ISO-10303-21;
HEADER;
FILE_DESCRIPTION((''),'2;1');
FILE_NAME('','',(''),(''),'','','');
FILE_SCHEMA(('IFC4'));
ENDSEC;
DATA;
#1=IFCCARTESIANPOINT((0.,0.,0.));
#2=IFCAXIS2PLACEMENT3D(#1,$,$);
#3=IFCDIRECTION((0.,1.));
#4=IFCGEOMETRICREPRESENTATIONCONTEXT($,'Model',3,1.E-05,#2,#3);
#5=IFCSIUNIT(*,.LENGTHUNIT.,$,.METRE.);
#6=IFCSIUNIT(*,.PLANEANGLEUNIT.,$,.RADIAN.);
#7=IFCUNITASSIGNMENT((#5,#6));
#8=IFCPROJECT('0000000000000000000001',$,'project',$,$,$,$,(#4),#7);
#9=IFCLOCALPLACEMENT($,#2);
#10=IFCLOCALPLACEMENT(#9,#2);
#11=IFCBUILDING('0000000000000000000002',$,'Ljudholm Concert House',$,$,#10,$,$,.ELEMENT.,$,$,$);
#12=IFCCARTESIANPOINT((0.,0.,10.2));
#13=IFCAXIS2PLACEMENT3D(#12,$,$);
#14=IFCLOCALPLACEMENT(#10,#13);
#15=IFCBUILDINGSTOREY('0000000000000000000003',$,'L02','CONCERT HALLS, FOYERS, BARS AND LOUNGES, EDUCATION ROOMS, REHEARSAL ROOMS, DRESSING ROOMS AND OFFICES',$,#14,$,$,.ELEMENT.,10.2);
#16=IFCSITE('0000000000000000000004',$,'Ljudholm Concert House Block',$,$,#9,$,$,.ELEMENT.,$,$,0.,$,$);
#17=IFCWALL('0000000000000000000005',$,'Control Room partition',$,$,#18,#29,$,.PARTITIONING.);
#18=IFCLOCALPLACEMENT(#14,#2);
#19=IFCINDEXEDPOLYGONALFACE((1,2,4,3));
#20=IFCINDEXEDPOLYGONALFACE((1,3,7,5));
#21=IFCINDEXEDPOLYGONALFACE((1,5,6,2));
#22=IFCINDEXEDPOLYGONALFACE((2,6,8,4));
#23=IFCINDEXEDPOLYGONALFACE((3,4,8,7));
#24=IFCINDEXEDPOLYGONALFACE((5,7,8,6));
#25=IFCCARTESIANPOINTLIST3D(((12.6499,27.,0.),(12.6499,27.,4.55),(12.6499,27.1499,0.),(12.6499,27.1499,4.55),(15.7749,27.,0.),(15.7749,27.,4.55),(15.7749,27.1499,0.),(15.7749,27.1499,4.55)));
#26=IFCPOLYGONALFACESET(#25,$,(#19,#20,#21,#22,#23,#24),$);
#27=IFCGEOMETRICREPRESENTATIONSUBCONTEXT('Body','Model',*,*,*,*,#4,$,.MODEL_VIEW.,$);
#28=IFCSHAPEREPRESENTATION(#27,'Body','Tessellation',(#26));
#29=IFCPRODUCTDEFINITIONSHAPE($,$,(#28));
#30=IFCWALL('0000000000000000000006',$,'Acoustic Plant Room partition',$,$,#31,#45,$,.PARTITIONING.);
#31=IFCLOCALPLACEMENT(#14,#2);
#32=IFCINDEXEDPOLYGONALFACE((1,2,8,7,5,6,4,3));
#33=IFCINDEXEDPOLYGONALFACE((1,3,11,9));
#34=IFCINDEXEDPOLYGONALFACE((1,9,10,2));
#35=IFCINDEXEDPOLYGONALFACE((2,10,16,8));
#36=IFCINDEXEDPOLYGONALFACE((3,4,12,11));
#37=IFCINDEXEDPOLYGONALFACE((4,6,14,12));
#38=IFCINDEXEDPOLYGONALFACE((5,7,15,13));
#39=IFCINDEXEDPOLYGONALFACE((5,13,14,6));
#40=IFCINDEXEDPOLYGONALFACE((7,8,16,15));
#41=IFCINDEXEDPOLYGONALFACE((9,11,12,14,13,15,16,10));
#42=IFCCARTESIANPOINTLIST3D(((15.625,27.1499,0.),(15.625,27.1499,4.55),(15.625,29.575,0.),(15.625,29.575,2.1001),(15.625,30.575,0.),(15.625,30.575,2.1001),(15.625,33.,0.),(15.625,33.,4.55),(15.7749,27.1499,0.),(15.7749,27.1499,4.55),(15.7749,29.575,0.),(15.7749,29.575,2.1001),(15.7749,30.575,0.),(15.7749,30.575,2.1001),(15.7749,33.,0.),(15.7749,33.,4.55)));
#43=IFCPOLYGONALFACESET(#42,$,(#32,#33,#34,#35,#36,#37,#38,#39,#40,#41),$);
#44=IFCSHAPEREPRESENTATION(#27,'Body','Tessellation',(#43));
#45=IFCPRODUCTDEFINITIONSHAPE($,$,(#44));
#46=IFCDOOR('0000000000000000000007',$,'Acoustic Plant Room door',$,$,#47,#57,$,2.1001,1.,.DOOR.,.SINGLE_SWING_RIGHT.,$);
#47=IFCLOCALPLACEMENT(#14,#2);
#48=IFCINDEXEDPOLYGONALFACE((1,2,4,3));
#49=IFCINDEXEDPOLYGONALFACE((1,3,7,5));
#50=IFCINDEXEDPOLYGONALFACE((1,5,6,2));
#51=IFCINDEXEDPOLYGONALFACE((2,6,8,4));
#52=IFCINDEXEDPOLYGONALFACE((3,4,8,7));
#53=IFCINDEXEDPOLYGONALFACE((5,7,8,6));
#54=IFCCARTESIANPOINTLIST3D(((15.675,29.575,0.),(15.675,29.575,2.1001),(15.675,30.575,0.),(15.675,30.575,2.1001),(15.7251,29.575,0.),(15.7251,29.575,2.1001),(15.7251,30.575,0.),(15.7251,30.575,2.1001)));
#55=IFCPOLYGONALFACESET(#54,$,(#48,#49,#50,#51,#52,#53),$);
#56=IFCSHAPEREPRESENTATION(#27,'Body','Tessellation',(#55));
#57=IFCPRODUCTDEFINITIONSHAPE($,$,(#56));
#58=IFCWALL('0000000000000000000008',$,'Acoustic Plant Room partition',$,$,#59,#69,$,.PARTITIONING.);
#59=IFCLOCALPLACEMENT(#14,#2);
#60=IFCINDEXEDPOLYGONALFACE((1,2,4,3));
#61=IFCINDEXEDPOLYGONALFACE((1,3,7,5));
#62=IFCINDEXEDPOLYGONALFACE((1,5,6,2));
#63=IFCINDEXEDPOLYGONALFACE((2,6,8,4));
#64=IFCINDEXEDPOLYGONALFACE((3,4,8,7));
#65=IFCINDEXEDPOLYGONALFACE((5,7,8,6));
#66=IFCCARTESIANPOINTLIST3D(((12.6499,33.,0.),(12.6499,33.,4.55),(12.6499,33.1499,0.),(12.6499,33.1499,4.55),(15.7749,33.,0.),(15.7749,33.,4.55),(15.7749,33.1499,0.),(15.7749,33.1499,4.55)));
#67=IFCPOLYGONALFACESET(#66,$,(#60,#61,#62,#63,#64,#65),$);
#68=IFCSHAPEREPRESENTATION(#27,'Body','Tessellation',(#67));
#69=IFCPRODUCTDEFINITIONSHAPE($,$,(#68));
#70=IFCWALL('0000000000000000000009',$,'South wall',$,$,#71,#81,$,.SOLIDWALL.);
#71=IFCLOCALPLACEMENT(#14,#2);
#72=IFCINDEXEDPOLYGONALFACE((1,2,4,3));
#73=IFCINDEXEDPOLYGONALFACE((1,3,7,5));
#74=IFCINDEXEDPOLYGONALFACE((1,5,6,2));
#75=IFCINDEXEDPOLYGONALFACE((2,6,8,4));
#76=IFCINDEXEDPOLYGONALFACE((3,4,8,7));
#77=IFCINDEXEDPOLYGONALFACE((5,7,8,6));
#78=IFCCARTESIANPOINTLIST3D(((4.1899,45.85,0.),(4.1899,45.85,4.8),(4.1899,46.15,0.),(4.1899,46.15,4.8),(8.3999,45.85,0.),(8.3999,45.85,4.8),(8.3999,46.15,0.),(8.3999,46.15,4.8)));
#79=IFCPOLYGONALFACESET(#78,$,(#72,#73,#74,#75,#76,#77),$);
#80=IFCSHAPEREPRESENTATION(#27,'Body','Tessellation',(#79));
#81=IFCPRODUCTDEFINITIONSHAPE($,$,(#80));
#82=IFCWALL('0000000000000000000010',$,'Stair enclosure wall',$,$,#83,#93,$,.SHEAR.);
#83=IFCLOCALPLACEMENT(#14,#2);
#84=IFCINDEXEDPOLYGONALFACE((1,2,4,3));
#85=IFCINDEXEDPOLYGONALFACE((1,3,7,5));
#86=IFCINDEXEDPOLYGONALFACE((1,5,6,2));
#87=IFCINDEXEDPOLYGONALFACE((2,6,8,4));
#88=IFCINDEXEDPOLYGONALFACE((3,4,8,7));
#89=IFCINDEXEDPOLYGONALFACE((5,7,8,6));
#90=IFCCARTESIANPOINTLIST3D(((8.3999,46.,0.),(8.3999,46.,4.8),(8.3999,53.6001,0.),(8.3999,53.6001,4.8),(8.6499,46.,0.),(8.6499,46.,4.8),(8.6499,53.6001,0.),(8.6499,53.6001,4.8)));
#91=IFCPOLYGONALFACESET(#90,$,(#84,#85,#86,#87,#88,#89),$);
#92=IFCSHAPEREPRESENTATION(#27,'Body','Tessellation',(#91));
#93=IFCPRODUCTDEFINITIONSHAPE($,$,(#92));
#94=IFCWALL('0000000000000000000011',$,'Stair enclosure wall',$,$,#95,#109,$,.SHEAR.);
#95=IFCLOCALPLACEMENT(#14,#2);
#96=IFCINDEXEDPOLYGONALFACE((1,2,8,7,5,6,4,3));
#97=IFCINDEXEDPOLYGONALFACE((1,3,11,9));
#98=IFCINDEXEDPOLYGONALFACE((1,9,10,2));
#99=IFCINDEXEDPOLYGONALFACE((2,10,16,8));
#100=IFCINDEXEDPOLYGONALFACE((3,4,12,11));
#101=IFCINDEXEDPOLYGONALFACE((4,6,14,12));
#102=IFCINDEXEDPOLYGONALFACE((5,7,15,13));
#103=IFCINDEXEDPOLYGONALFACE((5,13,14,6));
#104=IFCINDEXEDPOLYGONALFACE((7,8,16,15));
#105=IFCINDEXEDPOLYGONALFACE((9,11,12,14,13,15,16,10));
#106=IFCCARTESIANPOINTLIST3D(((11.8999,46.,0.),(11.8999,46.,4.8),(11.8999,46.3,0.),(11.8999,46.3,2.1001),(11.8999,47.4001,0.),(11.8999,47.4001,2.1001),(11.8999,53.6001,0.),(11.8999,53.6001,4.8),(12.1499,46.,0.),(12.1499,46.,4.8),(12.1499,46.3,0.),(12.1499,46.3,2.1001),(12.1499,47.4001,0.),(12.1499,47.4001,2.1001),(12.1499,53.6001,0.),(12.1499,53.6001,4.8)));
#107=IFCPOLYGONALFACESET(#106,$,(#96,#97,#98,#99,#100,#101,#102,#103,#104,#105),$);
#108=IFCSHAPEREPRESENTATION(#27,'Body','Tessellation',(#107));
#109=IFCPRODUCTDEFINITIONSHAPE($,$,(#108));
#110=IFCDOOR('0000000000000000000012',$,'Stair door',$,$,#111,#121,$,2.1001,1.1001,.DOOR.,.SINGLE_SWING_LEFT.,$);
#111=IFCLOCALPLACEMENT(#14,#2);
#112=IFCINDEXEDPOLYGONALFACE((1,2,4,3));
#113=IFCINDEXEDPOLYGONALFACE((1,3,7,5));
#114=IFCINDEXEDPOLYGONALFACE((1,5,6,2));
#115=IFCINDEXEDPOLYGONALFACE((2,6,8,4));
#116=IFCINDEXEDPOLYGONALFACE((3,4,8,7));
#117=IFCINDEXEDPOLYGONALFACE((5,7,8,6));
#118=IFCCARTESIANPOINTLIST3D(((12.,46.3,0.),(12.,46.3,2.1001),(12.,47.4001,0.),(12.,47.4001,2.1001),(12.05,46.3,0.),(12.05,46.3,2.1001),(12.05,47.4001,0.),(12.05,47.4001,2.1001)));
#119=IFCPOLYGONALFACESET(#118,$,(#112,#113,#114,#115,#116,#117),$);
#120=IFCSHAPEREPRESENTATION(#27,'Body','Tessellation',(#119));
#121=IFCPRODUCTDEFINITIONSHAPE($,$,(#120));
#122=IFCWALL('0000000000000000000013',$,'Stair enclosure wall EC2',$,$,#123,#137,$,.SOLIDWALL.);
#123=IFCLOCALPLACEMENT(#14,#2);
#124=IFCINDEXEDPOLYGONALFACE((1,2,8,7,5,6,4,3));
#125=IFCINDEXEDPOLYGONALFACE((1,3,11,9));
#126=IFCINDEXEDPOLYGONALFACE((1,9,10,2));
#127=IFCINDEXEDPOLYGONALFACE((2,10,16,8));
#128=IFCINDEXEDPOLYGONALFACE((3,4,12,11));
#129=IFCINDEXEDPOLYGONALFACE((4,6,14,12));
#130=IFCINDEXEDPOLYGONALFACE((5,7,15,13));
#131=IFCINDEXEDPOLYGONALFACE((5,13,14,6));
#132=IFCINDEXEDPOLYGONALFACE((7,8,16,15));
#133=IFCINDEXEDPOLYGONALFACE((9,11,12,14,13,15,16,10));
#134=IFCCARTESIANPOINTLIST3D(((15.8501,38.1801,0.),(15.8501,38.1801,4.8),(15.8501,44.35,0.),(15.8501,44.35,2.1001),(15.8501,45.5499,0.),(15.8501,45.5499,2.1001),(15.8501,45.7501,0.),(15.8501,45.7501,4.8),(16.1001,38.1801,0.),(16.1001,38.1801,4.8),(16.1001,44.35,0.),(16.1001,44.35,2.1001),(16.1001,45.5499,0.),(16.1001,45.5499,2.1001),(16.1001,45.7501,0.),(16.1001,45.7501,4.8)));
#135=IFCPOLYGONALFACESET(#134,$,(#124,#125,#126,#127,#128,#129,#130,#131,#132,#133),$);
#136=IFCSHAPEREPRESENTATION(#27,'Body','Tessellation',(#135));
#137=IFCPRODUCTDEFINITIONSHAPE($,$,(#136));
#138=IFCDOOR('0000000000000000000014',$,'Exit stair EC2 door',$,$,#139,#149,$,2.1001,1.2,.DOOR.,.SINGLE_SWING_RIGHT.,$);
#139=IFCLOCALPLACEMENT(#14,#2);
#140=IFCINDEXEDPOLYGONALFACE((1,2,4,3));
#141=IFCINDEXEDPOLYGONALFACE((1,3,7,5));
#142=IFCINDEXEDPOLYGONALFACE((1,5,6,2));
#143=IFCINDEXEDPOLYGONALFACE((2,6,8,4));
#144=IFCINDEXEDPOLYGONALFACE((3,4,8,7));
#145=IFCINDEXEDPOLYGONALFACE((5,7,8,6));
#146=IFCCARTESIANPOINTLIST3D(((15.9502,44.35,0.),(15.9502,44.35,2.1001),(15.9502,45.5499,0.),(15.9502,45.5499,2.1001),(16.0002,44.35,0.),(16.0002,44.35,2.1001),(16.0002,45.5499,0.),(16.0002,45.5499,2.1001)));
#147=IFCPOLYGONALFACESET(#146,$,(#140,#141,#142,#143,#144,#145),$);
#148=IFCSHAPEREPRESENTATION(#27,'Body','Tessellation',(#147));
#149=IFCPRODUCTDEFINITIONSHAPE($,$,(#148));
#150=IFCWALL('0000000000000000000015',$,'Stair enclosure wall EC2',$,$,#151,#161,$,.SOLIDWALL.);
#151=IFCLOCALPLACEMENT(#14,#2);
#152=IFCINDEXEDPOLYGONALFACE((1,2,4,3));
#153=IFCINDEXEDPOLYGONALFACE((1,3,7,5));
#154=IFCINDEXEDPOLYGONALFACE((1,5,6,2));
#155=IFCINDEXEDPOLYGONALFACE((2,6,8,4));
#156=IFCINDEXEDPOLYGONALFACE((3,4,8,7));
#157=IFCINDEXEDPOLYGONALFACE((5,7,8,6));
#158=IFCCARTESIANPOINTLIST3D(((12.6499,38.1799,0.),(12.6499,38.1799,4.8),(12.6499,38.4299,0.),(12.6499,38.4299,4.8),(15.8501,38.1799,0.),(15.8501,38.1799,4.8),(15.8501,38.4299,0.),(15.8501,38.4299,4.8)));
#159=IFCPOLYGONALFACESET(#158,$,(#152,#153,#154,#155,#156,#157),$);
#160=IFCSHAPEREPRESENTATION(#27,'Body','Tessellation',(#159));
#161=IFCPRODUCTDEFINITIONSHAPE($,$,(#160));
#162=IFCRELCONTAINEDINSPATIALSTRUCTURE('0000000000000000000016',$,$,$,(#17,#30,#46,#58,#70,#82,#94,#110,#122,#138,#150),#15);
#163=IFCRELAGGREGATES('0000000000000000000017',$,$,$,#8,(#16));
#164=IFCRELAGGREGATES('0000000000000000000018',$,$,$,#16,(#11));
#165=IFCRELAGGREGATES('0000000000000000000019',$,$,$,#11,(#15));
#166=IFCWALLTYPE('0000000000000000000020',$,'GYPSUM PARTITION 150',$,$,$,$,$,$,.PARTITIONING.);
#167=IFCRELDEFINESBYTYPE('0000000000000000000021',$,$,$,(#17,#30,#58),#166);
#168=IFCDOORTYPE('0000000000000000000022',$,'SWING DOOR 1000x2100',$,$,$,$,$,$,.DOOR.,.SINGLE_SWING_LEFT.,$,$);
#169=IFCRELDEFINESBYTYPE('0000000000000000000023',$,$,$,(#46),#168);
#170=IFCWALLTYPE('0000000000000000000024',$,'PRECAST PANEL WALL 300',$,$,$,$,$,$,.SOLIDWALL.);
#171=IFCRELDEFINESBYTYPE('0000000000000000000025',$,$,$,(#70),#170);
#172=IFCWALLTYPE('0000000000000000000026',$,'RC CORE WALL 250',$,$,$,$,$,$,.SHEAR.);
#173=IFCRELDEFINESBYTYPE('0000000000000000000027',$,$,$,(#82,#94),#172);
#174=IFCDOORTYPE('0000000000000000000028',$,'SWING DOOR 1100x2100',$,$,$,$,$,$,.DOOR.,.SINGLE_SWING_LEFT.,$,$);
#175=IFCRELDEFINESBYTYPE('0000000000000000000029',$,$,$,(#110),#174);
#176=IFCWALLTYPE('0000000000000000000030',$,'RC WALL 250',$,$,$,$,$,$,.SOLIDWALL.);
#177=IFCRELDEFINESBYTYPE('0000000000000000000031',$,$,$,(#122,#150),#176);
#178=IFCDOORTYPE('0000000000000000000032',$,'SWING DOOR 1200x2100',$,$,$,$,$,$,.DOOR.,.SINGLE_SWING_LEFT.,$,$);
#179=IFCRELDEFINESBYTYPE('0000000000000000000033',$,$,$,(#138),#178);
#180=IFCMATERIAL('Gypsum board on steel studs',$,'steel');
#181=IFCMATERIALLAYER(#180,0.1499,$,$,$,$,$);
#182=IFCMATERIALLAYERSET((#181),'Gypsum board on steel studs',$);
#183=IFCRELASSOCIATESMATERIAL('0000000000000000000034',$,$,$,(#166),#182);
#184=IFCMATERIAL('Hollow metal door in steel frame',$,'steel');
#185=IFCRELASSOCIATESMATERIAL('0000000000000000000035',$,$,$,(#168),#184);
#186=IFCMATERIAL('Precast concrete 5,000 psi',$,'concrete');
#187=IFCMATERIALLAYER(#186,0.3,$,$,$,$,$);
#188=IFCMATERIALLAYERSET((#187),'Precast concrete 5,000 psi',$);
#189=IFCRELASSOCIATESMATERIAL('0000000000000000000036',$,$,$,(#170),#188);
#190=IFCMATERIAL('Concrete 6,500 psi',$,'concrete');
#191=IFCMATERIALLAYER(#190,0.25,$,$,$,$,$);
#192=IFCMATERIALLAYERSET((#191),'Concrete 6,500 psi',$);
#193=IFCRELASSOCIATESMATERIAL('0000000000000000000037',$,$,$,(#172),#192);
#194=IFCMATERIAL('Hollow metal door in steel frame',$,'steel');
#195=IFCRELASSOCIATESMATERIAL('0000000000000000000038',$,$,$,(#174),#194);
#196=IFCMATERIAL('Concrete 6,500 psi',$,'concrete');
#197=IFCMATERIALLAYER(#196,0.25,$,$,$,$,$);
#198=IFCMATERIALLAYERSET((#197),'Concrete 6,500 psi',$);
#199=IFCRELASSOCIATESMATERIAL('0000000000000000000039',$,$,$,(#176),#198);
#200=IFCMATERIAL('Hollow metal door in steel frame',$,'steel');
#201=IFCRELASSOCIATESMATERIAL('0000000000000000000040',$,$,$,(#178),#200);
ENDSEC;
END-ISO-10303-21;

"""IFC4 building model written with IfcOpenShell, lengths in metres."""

from ifc_helpers import new_model, si_unit, direction, frame, frame_2d, origin, place, context, subcontext, project, spatial, rectangle, extrude, material, layer, layer_set, type_object, element, fill, save


model = new_model("IFC4")

# Units and contexts
model_context = context("Model", 3, precision=1e-05, world=origin(), true_north=direction((0.0, 1.0)))
body_context = subcontext(model_context, "Body", "Model", "MODEL_VIEW")
ifc_project = project(units=[si_unit("LENGTHUNIT", "METRE"), si_unit("PLANEANGLEUNIT", "RADIAN")], contexts=[model_context])

# Site, building, storey
site_placement = place(None, origin())
site = spatial("IfcSite", under=ifc_project, at=site_placement, Name="Ljudholm Concert House Block", CompositionType="ELEMENT", RefElevation=0.0)
building_placement = place(site_placement, origin())
building = spatial("IfcBuilding", under=site, at=building_placement, Name="Ljudholm Concert House", CompositionType="ELEMENT")
storey_placement = place(building_placement, frame((0.0, 0.0, 10.2)))
storey = spatial("IfcBuildingStorey", under=building, at=storey_placement, Name="L02", Description="CONCERT HALLS, FOYERS, BARS AND LOUNGES, EDUCATION ROOMS, REHEARSAL ROOMS, DRESSING ROOMS AND OFFICES", CompositionType="ELEMENT", Elevation=10.2)

# Shared definitions
ifc_material_1 = material(Name="Gypsum board on steel studs", Category="steel")
ifc_layer_1 = layer(ifc_material_1, 0.1499)
ifc_layer_set_1 = layer_set([ifc_layer_1], Name="Gypsum board on steel studs")
wall_type_1 = type_object("IfcWallType", Name="GYPSUM PARTITION 150", PredefinedType="PARTITIONING", material=ifc_layer_set_1)
ifc_material_2 = material(Name="Hollow metal door in steel frame", Category="steel")
door_type_1 = type_object("IfcDoorType", Name="SWING DOOR 1000x2100", OperationType="SINGLE_SWING_LEFT", PredefinedType="DOOR", material=ifc_material_2)

# Wall
for number, where, z_axis, x_axis, name in (
    (1, (12.6499, 27.075, 0.0), (0.0, 0.0, 1.0), (1.0, 0.0, 0.0), "Control Room partition"),
):
    element("IfcWall", number, at=place(storey_placement, frame(where, z_axis=z_axis, x_axis=x_axis)), inside=storey, type_object=wall_type_1, Name=name, PredefinedType="PARTITIONING", context=body_context, shape_type="SweptSolid", body=[
        extrude(rectangle(XDim=3.125, YDim=0.1499, at=frame_2d((1.5625, 0.0))), origin(), (0.0, 0.0, 1.0), 4.55),
    ])

# Wall, opening, door
wall_1_placement = place(storey_placement, frame((15.7, 27.1499, 0.0), z_axis=(0.0, 0.0, 1.0), x_axis=(0.0, 1.0, 0.0)))
wall_1 = element("IfcWall", 2, at=wall_1_placement, inside=storey, type_object=wall_type_1, Name="Acoustic Plant Room partition", PredefinedType="PARTITIONING", context=body_context, shape_type="SweptSolid", body=[
    extrude(rectangle(XDim=5.8501, YDim=0.1499, at=frame_2d((2.925, 0.0))), origin(), (0.0, 0.0, 1.0), 4.55),
])
opening_1_placement = place(wall_1_placement, frame((2.425, 0.0, 0.0)))
opening_1 = element("IfcOpeningElement", 3, at=opening_1_placement, cuts=wall_1, PredefinedType="OPENING", context=body_context, shape_type="SweptSolid", body=[
    extrude(rectangle(XDim=1.0, YDim=2.1001, at=frame_2d((0.5, 1.05))), frame((0.0, 0.085, 0.0), z_axis=(0.0, -1.0, 0.0), x_axis=(1.0, 0.0, 0.0)), (0.0, 0.0, 1.0), 0.1699),
])
door_1_placement = place(opening_1_placement, origin())
door_1 = element("IfcDoor", 4, at=door_1_placement, inside=storey, type_object=door_type_1, Name="Acoustic Plant Room door", OperationType="SINGLE_SWING_RIGHT", OverallHeight=2.1001, OverallWidth=1.0, PredefinedType="DOOR", context=body_context, shape_type="SweptSolid", body=[
    extrude(rectangle(XDim=1.0, YDim=2.1001, at=frame_2d((0.5, 1.05))), frame((0.0, 0.0249, 0.0), z_axis=(0.0, -1.0, 0.0), x_axis=(1.0, 0.0, 0.0)), (0.0, 0.0, 1.0), 0.05),
])
fill(opening_1, door_1)

# Walls
wall_2_placement = place(storey_placement, frame((12.6499, 33.075, 0.0), z_axis=(0.0, 0.0, 1.0), x_axis=(1.0, 0.0, 0.0)))
element("IfcWall", 5, at=wall_2_placement, inside=storey, type_object=wall_type_1, Name="Acoustic Plant Room partition", PredefinedType="PARTITIONING", context=body_context, shape_type="SweptSolid", body=[
    extrude(rectangle(XDim=3.125, YDim=0.1499, at=frame_2d((1.5625, 0.0))), origin(), (0.0, 0.0, 1.0), 4.55),
])
ifc_material_3 = material(Name="Precast concrete 5,000 psi", Category="concrete")
ifc_layer_2 = layer(ifc_material_3, 0.3)
ifc_layer_set_2 = layer_set([ifc_layer_2], Name="Precast concrete 5,000 psi")
wall_type_2 = type_object("IfcWallType", Name="PRECAST PANEL WALL 300", PredefinedType="SOLIDWALL", material=ifc_layer_set_2)
wall_3_placement = place(storey_placement, frame((4.1899, 46.0, 0.0), z_axis=(0.0, 0.0, 1.0), x_axis=(1.0, 0.0, 0.0)))
element("IfcWall", 6, at=wall_3_placement, inside=storey, type_object=wall_type_2, Name="South wall", PredefinedType="SOLIDWALL", context=body_context, shape_type="SweptSolid", body=[
    extrude(rectangle(XDim=4.21, YDim=0.3, at=frame_2d((2.105, 0.0))), origin(), (0.0, 0.0, 1.0), 4.8),
])
ifc_material_4 = material(Name="Concrete 6,500 psi", Category="concrete")
ifc_layer_3 = layer(ifc_material_4, 0.25)
ifc_layer_set_3 = layer_set([ifc_layer_3], Name="Concrete 6,500 psi")
wall_type_3 = type_object("IfcWallType", Name="RC CORE WALL 250", PredefinedType="SHEAR", material=ifc_layer_set_3)
wall_4_placement = place(storey_placement, frame((8.5249, 46.0, 0.0), z_axis=(0.0, 0.0, 1.0), x_axis=(0.0, 1.0, 0.0)))
element("IfcWall", 7, at=wall_4_placement, inside=storey, type_object=wall_type_3, Name="Stair enclosure wall", PredefinedType="SHEAR", context=body_context, shape_type="SweptSolid", body=[
    extrude(rectangle(XDim=7.6001, YDim=0.25, at=frame_2d((3.8, 0.0))), origin(), (0.0, 0.0, 1.0), 4.8),
])

# Walls, openings, doors
wall_5_placement = place(storey_placement, frame((12.0249, 46.0, 0.0), z_axis=(0.0, 0.0, 1.0), x_axis=(0.0, 1.0, 0.0)))
wall_5 = element("IfcWall", 8, at=wall_5_placement, inside=storey, type_object=wall_type_3, Name="Stair enclosure wall", PredefinedType="SHEAR", context=body_context, shape_type="SweptSolid", body=[
    extrude(rectangle(XDim=7.6001, YDim=0.25, at=frame_2d((3.8, 0.0))), origin(), (0.0, 0.0, 1.0), 4.8),
])
opening_2_placement = place(wall_5_placement, frame((0.3, 0.0, 0.0)))
opening_2 = element("IfcOpeningElement", 9, at=opening_2_placement, cuts=wall_5, PredefinedType="OPENING", context=body_context, shape_type="SweptSolid", body=[
    extrude(rectangle(XDim=1.1001, YDim=2.1001, at=frame_2d((0.55, 1.05))), frame((0.0, 0.135, 0.0), z_axis=(0.0, -1.0, 0.0), x_axis=(1.0, 0.0, 0.0)), (0.0, 0.0, 1.0), 0.27),
])
ifc_material_5 = material(Name="Hollow metal door in steel frame", Category="steel")
door_type_2 = type_object("IfcDoorType", Name="SWING DOOR 1100x2100", OperationType="SINGLE_SWING_LEFT", PredefinedType="DOOR", material=ifc_material_5)
door_2_placement = place(opening_2_placement, origin())
door_2 = element("IfcDoor", 10, at=door_2_placement, inside=storey, type_object=door_type_2, Name="Stair door", OperationType="SINGLE_SWING_LEFT", OverallHeight=2.1001, OverallWidth=1.1001, PredefinedType="DOOR", context=body_context, shape_type="SweptSolid", body=[
    extrude(rectangle(XDim=1.1001, YDim=2.1001, at=frame_2d((0.55, 1.05))), frame((0.0, 0.0249, 0.0), z_axis=(0.0, -1.0, 0.0), x_axis=(1.0, 0.0, 0.0)), (0.0, 0.0, 1.0), 0.05),
])
fill(opening_2, door_2)
ifc_material_6 = material(Name="Concrete 6,500 psi", Category="concrete")
ifc_layer_4 = layer(ifc_material_6, 0.25)
ifc_layer_set_4 = layer_set([ifc_layer_4], Name="Concrete 6,500 psi")
wall_type_4 = type_object("IfcWallType", Name="RC WALL 250", PredefinedType="SOLIDWALL", material=ifc_layer_set_4)
wall_6_placement = place(storey_placement, frame((15.9751, 38.1799, 0.0), z_axis=(0.0, 0.0, 1.0), x_axis=(0.0, 1.0, 0.0)))
wall_6 = element("IfcWall", 11, at=wall_6_placement, inside=storey, type_object=wall_type_4, Name="Stair enclosure wall EC2", PredefinedType="SOLIDWALL", context=body_context, shape_type="SweptSolid", body=[
    extrude(rectangle(XDim=7.5701, YDim=0.25, at=frame_2d((3.7852, 0.0))), origin(), (0.0, 0.0, 1.0), 4.8),
])
opening_3_placement = place(wall_6_placement, frame((6.1699, 0.0, 0.0)))
opening_3 = element("IfcOpeningElement", 12, at=opening_3_placement, cuts=wall_6, PredefinedType="OPENING", context=body_context, shape_type="SweptSolid", body=[
    extrude(rectangle(XDim=1.2, YDim=2.1001, at=frame_2d((0.6001, 1.05))), frame((0.0, 0.135, 0.0), z_axis=(0.0, -1.0, 0.0), x_axis=(1.0, 0.0, 0.0)), (0.0, 0.0, 1.0), 0.27),
])
ifc_material_7 = material(Name="Hollow metal door in steel frame", Category="steel")
door_type_3 = type_object("IfcDoorType", Name="SWING DOOR 1200x2100", OperationType="SINGLE_SWING_LEFT", PredefinedType="DOOR", material=ifc_material_7)
door_3_placement = place(opening_3_placement, origin())
door_3 = element("IfcDoor", 13, at=door_3_placement, inside=storey, type_object=door_type_3, Name="Exit stair EC2 door", OperationType="SINGLE_SWING_RIGHT", OverallHeight=2.1001, OverallWidth=1.2, PredefinedType="DOOR", context=body_context, shape_type="SweptSolid", body=[
    extrude(rectangle(XDim=1.2, YDim=2.1001, at=frame_2d((0.6001, 1.05))), frame((0.0, 0.0249, 0.0), z_axis=(0.0, -1.0, 0.0), x_axis=(1.0, 0.0, 0.0)), (0.0, 0.0, 1.0), 0.05),
])
fill(opening_3, door_3)

# Wall
wall_7_placement = place(storey_placement, frame((12.6499, 38.3049, 0.0), z_axis=(0.0, 0.0, 1.0), x_axis=(1.0, 0.0, 0.0)))
element("IfcWall", 14, at=wall_7_placement, inside=storey, type_object=wall_type_4, Name="Stair enclosure wall EC2", PredefinedType="SOLIDWALL", context=body_context, shape_type="SweptSolid", body=[
    extrude(rectangle(XDim=3.2002, YDim=0.25, at=frame_2d((1.6001, 0.0))), origin(), (0.0, 0.0, 1.0), 4.8),
])

save(model, "model.ifc")
